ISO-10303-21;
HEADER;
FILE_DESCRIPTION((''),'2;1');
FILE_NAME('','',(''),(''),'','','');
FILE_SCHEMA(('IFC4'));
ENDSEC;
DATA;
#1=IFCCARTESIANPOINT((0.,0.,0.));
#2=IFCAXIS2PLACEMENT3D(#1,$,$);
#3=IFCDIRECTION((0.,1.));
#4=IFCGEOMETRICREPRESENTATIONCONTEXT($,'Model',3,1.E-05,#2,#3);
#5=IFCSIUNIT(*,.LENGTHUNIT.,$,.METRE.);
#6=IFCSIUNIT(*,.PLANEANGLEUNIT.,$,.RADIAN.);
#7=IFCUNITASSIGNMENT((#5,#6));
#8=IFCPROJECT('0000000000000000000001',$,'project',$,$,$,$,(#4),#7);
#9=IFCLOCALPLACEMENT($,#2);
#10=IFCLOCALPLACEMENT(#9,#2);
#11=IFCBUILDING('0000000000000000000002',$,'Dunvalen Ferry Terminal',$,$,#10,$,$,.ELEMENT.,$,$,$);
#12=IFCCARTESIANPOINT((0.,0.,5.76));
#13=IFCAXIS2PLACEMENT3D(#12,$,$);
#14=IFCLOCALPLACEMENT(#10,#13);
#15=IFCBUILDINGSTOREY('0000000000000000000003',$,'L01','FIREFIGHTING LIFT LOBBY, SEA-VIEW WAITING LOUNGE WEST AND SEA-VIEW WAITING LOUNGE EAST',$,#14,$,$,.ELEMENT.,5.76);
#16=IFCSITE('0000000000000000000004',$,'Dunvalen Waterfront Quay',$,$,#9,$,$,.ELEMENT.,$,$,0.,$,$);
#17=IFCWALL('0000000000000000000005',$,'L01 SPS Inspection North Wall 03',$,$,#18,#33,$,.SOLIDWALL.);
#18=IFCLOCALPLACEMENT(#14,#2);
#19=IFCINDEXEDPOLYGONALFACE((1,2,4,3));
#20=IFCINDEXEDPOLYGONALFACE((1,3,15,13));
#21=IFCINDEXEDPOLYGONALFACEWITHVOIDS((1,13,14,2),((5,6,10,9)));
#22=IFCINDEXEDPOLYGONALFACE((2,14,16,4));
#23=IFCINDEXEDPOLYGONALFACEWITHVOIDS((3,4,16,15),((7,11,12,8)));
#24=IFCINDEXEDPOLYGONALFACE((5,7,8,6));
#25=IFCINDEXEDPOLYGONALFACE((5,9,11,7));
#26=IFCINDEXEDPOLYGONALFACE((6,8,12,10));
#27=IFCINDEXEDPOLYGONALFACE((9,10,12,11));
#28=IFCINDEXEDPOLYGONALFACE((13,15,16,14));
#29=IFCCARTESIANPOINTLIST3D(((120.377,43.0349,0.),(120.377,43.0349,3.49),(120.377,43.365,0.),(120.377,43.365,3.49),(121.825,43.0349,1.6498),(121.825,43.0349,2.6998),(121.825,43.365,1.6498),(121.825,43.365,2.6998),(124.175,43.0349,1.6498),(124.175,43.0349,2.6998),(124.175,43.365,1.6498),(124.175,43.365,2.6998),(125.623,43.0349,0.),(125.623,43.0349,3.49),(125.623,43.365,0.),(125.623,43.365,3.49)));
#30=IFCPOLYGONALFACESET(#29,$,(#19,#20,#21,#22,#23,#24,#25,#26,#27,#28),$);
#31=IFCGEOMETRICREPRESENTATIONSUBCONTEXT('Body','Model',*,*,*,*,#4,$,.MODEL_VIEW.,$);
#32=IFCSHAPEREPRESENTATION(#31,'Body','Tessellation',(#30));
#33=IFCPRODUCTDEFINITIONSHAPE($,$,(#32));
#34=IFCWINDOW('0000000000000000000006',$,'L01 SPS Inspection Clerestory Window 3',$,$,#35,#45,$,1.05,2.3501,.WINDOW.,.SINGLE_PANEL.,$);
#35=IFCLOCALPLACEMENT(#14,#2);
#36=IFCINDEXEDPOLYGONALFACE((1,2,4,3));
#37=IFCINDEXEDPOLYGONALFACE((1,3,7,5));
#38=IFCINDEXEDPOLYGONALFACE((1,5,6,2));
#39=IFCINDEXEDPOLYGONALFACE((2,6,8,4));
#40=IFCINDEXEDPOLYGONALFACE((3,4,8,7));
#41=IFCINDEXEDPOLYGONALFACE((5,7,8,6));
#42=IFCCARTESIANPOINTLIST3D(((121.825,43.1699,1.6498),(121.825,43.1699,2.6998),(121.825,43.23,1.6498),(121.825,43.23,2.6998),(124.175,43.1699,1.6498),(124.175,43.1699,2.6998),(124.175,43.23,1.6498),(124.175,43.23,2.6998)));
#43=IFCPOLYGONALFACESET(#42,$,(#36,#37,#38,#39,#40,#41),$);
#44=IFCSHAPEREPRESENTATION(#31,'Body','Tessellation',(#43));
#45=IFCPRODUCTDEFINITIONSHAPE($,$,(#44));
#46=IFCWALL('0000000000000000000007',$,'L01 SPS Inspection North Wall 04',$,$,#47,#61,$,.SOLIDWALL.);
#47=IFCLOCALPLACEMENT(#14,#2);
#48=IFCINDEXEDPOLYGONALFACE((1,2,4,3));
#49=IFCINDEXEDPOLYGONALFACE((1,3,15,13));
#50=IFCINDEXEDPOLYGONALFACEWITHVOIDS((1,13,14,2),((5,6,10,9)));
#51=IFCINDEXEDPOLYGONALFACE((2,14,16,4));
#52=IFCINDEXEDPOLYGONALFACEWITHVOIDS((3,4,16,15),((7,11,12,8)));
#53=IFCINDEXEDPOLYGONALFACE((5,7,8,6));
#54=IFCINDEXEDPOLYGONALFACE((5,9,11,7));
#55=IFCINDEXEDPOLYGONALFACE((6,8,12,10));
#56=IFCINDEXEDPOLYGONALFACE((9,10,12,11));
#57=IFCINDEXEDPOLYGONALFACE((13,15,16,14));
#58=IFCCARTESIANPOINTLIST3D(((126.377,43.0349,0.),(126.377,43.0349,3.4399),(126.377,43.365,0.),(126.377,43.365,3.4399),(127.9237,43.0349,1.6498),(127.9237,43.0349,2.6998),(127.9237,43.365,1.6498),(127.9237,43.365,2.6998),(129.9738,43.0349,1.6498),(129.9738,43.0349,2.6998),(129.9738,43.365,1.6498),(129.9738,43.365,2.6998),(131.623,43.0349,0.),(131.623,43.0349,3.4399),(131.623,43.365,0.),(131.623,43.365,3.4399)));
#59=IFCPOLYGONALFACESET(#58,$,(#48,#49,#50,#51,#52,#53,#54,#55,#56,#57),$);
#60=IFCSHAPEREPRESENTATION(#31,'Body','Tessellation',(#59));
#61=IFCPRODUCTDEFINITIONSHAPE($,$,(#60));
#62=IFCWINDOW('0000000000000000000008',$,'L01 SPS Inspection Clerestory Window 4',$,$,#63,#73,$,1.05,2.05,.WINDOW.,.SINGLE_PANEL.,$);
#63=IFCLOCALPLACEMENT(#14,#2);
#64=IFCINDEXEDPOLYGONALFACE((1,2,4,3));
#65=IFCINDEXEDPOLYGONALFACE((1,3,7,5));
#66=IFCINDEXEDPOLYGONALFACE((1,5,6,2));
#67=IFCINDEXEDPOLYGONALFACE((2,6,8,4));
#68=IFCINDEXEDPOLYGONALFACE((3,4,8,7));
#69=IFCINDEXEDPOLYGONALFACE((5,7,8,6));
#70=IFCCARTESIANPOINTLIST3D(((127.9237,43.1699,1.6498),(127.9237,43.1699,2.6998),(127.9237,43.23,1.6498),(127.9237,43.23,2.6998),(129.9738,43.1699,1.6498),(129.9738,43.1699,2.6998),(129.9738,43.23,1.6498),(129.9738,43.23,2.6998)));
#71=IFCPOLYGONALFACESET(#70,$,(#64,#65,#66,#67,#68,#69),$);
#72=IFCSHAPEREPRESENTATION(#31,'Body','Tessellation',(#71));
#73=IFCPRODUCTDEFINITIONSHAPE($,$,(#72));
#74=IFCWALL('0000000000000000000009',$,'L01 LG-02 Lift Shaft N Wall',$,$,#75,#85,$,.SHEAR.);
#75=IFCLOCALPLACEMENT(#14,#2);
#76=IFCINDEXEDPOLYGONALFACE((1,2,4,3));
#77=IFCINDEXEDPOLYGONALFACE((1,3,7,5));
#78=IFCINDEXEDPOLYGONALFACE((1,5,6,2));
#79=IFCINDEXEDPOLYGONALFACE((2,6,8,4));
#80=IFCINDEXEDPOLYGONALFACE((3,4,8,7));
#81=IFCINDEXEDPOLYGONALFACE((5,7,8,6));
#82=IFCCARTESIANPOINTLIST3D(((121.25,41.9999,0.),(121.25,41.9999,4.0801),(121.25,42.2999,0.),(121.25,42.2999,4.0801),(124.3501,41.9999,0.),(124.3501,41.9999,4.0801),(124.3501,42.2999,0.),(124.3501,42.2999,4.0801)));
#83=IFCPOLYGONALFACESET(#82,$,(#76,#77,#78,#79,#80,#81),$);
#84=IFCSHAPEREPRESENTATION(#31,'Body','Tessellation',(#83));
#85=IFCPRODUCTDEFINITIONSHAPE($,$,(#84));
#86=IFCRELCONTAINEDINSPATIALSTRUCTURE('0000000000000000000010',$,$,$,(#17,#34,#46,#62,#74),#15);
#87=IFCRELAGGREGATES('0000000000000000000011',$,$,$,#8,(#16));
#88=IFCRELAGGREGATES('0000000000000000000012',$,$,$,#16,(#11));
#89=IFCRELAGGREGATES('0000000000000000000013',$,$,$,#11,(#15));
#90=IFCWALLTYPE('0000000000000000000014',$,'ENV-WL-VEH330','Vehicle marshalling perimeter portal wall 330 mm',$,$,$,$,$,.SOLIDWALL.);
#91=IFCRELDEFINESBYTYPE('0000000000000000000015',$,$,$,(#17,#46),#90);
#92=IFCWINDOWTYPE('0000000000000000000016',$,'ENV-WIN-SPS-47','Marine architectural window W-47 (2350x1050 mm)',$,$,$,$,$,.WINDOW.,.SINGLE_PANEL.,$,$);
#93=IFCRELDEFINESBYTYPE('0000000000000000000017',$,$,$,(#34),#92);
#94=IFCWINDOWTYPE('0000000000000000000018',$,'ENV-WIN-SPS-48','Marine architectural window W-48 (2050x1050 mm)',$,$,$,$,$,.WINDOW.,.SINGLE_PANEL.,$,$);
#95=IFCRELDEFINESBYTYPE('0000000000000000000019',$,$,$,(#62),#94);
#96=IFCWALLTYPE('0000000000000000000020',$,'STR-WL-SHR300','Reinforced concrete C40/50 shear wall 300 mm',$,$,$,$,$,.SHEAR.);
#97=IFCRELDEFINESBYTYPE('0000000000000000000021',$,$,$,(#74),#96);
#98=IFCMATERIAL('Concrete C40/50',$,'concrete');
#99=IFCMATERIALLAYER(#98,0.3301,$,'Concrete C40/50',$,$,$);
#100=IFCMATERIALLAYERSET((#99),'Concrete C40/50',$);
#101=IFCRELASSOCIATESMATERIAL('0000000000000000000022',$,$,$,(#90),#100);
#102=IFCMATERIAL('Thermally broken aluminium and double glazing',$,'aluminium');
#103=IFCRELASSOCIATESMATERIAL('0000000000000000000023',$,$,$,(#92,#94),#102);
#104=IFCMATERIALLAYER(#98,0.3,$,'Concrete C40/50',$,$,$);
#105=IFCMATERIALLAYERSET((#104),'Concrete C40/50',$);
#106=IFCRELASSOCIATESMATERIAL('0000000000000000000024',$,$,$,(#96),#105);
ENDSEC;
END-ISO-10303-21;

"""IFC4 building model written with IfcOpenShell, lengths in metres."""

from ifc_helpers import new_model, si_unit, direction, frame, frame_2d, origin, place, context, subcontext, project, spatial, rectangle, extrude, material, layer, layer_set, type_object, element, fill, save


model = new_model("IFC4")

# Units and contexts
model_context = context("Model", 3, precision=1e-05, world=origin(), true_north=direction((0.0, 1.0)))
body_context = subcontext(model_context, "Body", "Model", "MODEL_VIEW")
ifc_project = project(units=[si_unit("LENGTHUNIT", "METRE"), si_unit("PLANEANGLEUNIT", "RADIAN")], contexts=[model_context])

# Site, building, storey
site_placement = place(None, origin())
site = spatial("IfcSite", under=ifc_project, at=site_placement, Name="Dunvalen Waterfront Quay", CompositionType="ELEMENT", RefElevation=0.0)
building_placement = place(site_placement, origin())
building = spatial("IfcBuilding", under=site, at=building_placement, Name="Dunvalen Ferry Terminal", CompositionType="ELEMENT")
storey_placement = place(building_placement, frame((0.0, 0.0, 5.76)))
storey = spatial("IfcBuildingStorey", under=building, at=storey_placement, Name="L01", Description="FIREFIGHTING LIFT LOBBY, SEA-VIEW WAITING LOUNGE WEST AND SEA-VIEW WAITING LOUNGE EAST", CompositionType="ELEMENT", Elevation=5.76)

# Shared definitions
ifc_material_1 = material(Name="Concrete C40/50", Category="concrete")

# Walls, openings, windows
ifc_layer_1 = layer(ifc_material_1, 0.3301, Name="Concrete C40/50")
ifc_layer_set_1 = layer_set([ifc_layer_1], Name="Concrete C40/50")
wall_type_1 = type_object("IfcWallType", Name="ENV-WL-VEH330", Description="Vehicle marshalling perimeter portal wall 330 mm", PredefinedType="SOLIDWALL", material=ifc_layer_set_1)
wall_1_placement = place(storey_placement, frame((120.377, 43.2, 0.0), z_axis=(0.0, 0.0, 1.0), x_axis=(1.0, 0.0, 0.0)))
wall_1 = element("IfcWall", 1, at=wall_1_placement, inside=storey, type_object=wall_type_1, Name="L01 SPS Inspection North Wall 03", PredefinedType="SOLIDWALL", context=body_context, shape_type="SweptSolid", body=[
    extrude(rectangle(XDim=5.2461, YDim=0.3301, at=frame_2d((2.623, 0.0))), origin(), (0.0, 0.0, 1.0), 3.49),
])
opening_1_placement = place(wall_1_placement, frame((1.448, 0.0, 1.6499)))
opening_1 = element("IfcOpeningElement", 2, at=opening_1_placement, cuts=wall_1, PredefinedType="OPENING", context=body_context, shape_type="SweptSolid", body=[
    extrude(rectangle(XDim=2.3501, YDim=1.05, at=frame_2d((1.175, 0.5249))), frame((0.0, 0.175, 0.0), z_axis=(0.0, -1.0, 0.0), x_axis=(1.0, 0.0, 0.0)), (0.0, 0.0, 1.0), 0.3501),
])
ifc_material_2 = material(Name="Thermally broken aluminium and double glazing", Category="aluminium")
window_type_1 = type_object("IfcWindowType", Name="ENV-WIN-SPS-47", Description="Marine architectural window W-47 (2350x1050 mm)", PartitioningType="SINGLE_PANEL", PredefinedType="WINDOW", material=ifc_material_2)
window_1_placement = place(opening_1_placement, origin())
window_1 = element("IfcWindow", 3, at=window_1_placement, inside=storey, type_object=window_type_1, Name="L01 SPS Inspection Clerestory Window 3", OverallHeight=1.05, OverallWidth=2.3501, PartitioningType="SINGLE_PANEL", PredefinedType="WINDOW", context=body_context, shape_type="SweptSolid", body=[
    extrude(rectangle(XDim=2.3501, YDim=1.05, at=frame_2d((1.175, 0.5249))), frame((0.0, 0.03, 0.0), z_axis=(0.0, -1.0, 0.0), x_axis=(1.0, 0.0, 0.0)), (0.0, 0.0, 1.0), 0.0601),
])
fill(opening_1, window_1)
wall_2_placement = place(storey_placement, frame((126.377, 43.2, 0.0), z_axis=(0.0, 0.0, 1.0), x_axis=(1.0, 0.0, 0.0)))
wall_2 = element("IfcWall", 4, at=wall_2_placement, inside=storey, type_object=wall_type_1, Name="L01 SPS Inspection North Wall 04", PredefinedType="SOLIDWALL", context=body_context, shape_type="SweptSolid", body=[
    extrude(rectangle(XDim=5.2461, YDim=0.3301, at=frame_2d((2.623, 0.0))), origin(), (0.0, 0.0, 1.0), 3.4399),
])
opening_2_placement = place(wall_2_placement, frame((1.5469, 0.0, 1.6499)))
opening_2 = element("IfcOpeningElement", 5, at=opening_2_placement, cuts=wall_2, PredefinedType="OPENING", context=body_context, shape_type="SweptSolid", body=[
    extrude(rectangle(XDim=2.05, YDim=1.05, at=frame_2d((1.0249, 0.5249))), frame((0.0, 0.175, 0.0), z_axis=(0.0, -1.0, 0.0), x_axis=(1.0, 0.0, 0.0)), (0.0, 0.0, 1.0), 0.3501),
])
window_type_2 = type_object("IfcWindowType", Name="ENV-WIN-SPS-48", Description="Marine architectural window W-48 (2050x1050 mm)", PartitioningType="SINGLE_PANEL", PredefinedType="WINDOW", material=ifc_material_2)
window_2_placement = place(opening_2_placement, origin())
window_2 = element("IfcWindow", 6, at=window_2_placement, inside=storey, type_object=window_type_2, Name="L01 SPS Inspection Clerestory Window 4", OverallHeight=1.05, OverallWidth=2.05, PartitioningType="SINGLE_PANEL", PredefinedType="WINDOW", context=body_context, shape_type="SweptSolid", body=[
    extrude(rectangle(XDim=2.05, YDim=1.05, at=frame_2d((1.0249, 0.5249))), frame((0.0, 0.03, 0.0), z_axis=(0.0, -1.0, 0.0), x_axis=(1.0, 0.0, 0.0)), (0.0, 0.0, 1.0), 0.0601),
])
fill(opening_2, window_2)

# Wall
ifc_layer_2 = layer(ifc_material_1, 0.3, Name="Concrete C40/50")
ifc_layer_set_2 = layer_set([ifc_layer_2], Name="Concrete C40/50")
wall_type_2 = type_object("IfcWallType", Name="STR-WL-SHR300", Description="Reinforced concrete C40/50 shear wall 300 mm", PredefinedType="SHEAR", material=ifc_layer_set_2)
wall_3_placement = place(storey_placement, frame((121.25, 42.1499, 0.0), z_axis=(0.0, 0.0, 1.0), x_axis=(1.0, 0.0, 0.0)))
element("IfcWall", 7, at=wall_3_placement, inside=storey, type_object=wall_type_2, Name="L01 LG-02 Lift Shaft N Wall", PredefinedType="SHEAR", context=body_context, shape_type="SweptSolid", body=[
    extrude(rectangle(XDim=3.1001, YDim=0.3, at=frame_2d((1.55, 0.0))), origin(), (0.0, 0.0, 1.0), 4.0801),
])

save(model, "model.ifc")
